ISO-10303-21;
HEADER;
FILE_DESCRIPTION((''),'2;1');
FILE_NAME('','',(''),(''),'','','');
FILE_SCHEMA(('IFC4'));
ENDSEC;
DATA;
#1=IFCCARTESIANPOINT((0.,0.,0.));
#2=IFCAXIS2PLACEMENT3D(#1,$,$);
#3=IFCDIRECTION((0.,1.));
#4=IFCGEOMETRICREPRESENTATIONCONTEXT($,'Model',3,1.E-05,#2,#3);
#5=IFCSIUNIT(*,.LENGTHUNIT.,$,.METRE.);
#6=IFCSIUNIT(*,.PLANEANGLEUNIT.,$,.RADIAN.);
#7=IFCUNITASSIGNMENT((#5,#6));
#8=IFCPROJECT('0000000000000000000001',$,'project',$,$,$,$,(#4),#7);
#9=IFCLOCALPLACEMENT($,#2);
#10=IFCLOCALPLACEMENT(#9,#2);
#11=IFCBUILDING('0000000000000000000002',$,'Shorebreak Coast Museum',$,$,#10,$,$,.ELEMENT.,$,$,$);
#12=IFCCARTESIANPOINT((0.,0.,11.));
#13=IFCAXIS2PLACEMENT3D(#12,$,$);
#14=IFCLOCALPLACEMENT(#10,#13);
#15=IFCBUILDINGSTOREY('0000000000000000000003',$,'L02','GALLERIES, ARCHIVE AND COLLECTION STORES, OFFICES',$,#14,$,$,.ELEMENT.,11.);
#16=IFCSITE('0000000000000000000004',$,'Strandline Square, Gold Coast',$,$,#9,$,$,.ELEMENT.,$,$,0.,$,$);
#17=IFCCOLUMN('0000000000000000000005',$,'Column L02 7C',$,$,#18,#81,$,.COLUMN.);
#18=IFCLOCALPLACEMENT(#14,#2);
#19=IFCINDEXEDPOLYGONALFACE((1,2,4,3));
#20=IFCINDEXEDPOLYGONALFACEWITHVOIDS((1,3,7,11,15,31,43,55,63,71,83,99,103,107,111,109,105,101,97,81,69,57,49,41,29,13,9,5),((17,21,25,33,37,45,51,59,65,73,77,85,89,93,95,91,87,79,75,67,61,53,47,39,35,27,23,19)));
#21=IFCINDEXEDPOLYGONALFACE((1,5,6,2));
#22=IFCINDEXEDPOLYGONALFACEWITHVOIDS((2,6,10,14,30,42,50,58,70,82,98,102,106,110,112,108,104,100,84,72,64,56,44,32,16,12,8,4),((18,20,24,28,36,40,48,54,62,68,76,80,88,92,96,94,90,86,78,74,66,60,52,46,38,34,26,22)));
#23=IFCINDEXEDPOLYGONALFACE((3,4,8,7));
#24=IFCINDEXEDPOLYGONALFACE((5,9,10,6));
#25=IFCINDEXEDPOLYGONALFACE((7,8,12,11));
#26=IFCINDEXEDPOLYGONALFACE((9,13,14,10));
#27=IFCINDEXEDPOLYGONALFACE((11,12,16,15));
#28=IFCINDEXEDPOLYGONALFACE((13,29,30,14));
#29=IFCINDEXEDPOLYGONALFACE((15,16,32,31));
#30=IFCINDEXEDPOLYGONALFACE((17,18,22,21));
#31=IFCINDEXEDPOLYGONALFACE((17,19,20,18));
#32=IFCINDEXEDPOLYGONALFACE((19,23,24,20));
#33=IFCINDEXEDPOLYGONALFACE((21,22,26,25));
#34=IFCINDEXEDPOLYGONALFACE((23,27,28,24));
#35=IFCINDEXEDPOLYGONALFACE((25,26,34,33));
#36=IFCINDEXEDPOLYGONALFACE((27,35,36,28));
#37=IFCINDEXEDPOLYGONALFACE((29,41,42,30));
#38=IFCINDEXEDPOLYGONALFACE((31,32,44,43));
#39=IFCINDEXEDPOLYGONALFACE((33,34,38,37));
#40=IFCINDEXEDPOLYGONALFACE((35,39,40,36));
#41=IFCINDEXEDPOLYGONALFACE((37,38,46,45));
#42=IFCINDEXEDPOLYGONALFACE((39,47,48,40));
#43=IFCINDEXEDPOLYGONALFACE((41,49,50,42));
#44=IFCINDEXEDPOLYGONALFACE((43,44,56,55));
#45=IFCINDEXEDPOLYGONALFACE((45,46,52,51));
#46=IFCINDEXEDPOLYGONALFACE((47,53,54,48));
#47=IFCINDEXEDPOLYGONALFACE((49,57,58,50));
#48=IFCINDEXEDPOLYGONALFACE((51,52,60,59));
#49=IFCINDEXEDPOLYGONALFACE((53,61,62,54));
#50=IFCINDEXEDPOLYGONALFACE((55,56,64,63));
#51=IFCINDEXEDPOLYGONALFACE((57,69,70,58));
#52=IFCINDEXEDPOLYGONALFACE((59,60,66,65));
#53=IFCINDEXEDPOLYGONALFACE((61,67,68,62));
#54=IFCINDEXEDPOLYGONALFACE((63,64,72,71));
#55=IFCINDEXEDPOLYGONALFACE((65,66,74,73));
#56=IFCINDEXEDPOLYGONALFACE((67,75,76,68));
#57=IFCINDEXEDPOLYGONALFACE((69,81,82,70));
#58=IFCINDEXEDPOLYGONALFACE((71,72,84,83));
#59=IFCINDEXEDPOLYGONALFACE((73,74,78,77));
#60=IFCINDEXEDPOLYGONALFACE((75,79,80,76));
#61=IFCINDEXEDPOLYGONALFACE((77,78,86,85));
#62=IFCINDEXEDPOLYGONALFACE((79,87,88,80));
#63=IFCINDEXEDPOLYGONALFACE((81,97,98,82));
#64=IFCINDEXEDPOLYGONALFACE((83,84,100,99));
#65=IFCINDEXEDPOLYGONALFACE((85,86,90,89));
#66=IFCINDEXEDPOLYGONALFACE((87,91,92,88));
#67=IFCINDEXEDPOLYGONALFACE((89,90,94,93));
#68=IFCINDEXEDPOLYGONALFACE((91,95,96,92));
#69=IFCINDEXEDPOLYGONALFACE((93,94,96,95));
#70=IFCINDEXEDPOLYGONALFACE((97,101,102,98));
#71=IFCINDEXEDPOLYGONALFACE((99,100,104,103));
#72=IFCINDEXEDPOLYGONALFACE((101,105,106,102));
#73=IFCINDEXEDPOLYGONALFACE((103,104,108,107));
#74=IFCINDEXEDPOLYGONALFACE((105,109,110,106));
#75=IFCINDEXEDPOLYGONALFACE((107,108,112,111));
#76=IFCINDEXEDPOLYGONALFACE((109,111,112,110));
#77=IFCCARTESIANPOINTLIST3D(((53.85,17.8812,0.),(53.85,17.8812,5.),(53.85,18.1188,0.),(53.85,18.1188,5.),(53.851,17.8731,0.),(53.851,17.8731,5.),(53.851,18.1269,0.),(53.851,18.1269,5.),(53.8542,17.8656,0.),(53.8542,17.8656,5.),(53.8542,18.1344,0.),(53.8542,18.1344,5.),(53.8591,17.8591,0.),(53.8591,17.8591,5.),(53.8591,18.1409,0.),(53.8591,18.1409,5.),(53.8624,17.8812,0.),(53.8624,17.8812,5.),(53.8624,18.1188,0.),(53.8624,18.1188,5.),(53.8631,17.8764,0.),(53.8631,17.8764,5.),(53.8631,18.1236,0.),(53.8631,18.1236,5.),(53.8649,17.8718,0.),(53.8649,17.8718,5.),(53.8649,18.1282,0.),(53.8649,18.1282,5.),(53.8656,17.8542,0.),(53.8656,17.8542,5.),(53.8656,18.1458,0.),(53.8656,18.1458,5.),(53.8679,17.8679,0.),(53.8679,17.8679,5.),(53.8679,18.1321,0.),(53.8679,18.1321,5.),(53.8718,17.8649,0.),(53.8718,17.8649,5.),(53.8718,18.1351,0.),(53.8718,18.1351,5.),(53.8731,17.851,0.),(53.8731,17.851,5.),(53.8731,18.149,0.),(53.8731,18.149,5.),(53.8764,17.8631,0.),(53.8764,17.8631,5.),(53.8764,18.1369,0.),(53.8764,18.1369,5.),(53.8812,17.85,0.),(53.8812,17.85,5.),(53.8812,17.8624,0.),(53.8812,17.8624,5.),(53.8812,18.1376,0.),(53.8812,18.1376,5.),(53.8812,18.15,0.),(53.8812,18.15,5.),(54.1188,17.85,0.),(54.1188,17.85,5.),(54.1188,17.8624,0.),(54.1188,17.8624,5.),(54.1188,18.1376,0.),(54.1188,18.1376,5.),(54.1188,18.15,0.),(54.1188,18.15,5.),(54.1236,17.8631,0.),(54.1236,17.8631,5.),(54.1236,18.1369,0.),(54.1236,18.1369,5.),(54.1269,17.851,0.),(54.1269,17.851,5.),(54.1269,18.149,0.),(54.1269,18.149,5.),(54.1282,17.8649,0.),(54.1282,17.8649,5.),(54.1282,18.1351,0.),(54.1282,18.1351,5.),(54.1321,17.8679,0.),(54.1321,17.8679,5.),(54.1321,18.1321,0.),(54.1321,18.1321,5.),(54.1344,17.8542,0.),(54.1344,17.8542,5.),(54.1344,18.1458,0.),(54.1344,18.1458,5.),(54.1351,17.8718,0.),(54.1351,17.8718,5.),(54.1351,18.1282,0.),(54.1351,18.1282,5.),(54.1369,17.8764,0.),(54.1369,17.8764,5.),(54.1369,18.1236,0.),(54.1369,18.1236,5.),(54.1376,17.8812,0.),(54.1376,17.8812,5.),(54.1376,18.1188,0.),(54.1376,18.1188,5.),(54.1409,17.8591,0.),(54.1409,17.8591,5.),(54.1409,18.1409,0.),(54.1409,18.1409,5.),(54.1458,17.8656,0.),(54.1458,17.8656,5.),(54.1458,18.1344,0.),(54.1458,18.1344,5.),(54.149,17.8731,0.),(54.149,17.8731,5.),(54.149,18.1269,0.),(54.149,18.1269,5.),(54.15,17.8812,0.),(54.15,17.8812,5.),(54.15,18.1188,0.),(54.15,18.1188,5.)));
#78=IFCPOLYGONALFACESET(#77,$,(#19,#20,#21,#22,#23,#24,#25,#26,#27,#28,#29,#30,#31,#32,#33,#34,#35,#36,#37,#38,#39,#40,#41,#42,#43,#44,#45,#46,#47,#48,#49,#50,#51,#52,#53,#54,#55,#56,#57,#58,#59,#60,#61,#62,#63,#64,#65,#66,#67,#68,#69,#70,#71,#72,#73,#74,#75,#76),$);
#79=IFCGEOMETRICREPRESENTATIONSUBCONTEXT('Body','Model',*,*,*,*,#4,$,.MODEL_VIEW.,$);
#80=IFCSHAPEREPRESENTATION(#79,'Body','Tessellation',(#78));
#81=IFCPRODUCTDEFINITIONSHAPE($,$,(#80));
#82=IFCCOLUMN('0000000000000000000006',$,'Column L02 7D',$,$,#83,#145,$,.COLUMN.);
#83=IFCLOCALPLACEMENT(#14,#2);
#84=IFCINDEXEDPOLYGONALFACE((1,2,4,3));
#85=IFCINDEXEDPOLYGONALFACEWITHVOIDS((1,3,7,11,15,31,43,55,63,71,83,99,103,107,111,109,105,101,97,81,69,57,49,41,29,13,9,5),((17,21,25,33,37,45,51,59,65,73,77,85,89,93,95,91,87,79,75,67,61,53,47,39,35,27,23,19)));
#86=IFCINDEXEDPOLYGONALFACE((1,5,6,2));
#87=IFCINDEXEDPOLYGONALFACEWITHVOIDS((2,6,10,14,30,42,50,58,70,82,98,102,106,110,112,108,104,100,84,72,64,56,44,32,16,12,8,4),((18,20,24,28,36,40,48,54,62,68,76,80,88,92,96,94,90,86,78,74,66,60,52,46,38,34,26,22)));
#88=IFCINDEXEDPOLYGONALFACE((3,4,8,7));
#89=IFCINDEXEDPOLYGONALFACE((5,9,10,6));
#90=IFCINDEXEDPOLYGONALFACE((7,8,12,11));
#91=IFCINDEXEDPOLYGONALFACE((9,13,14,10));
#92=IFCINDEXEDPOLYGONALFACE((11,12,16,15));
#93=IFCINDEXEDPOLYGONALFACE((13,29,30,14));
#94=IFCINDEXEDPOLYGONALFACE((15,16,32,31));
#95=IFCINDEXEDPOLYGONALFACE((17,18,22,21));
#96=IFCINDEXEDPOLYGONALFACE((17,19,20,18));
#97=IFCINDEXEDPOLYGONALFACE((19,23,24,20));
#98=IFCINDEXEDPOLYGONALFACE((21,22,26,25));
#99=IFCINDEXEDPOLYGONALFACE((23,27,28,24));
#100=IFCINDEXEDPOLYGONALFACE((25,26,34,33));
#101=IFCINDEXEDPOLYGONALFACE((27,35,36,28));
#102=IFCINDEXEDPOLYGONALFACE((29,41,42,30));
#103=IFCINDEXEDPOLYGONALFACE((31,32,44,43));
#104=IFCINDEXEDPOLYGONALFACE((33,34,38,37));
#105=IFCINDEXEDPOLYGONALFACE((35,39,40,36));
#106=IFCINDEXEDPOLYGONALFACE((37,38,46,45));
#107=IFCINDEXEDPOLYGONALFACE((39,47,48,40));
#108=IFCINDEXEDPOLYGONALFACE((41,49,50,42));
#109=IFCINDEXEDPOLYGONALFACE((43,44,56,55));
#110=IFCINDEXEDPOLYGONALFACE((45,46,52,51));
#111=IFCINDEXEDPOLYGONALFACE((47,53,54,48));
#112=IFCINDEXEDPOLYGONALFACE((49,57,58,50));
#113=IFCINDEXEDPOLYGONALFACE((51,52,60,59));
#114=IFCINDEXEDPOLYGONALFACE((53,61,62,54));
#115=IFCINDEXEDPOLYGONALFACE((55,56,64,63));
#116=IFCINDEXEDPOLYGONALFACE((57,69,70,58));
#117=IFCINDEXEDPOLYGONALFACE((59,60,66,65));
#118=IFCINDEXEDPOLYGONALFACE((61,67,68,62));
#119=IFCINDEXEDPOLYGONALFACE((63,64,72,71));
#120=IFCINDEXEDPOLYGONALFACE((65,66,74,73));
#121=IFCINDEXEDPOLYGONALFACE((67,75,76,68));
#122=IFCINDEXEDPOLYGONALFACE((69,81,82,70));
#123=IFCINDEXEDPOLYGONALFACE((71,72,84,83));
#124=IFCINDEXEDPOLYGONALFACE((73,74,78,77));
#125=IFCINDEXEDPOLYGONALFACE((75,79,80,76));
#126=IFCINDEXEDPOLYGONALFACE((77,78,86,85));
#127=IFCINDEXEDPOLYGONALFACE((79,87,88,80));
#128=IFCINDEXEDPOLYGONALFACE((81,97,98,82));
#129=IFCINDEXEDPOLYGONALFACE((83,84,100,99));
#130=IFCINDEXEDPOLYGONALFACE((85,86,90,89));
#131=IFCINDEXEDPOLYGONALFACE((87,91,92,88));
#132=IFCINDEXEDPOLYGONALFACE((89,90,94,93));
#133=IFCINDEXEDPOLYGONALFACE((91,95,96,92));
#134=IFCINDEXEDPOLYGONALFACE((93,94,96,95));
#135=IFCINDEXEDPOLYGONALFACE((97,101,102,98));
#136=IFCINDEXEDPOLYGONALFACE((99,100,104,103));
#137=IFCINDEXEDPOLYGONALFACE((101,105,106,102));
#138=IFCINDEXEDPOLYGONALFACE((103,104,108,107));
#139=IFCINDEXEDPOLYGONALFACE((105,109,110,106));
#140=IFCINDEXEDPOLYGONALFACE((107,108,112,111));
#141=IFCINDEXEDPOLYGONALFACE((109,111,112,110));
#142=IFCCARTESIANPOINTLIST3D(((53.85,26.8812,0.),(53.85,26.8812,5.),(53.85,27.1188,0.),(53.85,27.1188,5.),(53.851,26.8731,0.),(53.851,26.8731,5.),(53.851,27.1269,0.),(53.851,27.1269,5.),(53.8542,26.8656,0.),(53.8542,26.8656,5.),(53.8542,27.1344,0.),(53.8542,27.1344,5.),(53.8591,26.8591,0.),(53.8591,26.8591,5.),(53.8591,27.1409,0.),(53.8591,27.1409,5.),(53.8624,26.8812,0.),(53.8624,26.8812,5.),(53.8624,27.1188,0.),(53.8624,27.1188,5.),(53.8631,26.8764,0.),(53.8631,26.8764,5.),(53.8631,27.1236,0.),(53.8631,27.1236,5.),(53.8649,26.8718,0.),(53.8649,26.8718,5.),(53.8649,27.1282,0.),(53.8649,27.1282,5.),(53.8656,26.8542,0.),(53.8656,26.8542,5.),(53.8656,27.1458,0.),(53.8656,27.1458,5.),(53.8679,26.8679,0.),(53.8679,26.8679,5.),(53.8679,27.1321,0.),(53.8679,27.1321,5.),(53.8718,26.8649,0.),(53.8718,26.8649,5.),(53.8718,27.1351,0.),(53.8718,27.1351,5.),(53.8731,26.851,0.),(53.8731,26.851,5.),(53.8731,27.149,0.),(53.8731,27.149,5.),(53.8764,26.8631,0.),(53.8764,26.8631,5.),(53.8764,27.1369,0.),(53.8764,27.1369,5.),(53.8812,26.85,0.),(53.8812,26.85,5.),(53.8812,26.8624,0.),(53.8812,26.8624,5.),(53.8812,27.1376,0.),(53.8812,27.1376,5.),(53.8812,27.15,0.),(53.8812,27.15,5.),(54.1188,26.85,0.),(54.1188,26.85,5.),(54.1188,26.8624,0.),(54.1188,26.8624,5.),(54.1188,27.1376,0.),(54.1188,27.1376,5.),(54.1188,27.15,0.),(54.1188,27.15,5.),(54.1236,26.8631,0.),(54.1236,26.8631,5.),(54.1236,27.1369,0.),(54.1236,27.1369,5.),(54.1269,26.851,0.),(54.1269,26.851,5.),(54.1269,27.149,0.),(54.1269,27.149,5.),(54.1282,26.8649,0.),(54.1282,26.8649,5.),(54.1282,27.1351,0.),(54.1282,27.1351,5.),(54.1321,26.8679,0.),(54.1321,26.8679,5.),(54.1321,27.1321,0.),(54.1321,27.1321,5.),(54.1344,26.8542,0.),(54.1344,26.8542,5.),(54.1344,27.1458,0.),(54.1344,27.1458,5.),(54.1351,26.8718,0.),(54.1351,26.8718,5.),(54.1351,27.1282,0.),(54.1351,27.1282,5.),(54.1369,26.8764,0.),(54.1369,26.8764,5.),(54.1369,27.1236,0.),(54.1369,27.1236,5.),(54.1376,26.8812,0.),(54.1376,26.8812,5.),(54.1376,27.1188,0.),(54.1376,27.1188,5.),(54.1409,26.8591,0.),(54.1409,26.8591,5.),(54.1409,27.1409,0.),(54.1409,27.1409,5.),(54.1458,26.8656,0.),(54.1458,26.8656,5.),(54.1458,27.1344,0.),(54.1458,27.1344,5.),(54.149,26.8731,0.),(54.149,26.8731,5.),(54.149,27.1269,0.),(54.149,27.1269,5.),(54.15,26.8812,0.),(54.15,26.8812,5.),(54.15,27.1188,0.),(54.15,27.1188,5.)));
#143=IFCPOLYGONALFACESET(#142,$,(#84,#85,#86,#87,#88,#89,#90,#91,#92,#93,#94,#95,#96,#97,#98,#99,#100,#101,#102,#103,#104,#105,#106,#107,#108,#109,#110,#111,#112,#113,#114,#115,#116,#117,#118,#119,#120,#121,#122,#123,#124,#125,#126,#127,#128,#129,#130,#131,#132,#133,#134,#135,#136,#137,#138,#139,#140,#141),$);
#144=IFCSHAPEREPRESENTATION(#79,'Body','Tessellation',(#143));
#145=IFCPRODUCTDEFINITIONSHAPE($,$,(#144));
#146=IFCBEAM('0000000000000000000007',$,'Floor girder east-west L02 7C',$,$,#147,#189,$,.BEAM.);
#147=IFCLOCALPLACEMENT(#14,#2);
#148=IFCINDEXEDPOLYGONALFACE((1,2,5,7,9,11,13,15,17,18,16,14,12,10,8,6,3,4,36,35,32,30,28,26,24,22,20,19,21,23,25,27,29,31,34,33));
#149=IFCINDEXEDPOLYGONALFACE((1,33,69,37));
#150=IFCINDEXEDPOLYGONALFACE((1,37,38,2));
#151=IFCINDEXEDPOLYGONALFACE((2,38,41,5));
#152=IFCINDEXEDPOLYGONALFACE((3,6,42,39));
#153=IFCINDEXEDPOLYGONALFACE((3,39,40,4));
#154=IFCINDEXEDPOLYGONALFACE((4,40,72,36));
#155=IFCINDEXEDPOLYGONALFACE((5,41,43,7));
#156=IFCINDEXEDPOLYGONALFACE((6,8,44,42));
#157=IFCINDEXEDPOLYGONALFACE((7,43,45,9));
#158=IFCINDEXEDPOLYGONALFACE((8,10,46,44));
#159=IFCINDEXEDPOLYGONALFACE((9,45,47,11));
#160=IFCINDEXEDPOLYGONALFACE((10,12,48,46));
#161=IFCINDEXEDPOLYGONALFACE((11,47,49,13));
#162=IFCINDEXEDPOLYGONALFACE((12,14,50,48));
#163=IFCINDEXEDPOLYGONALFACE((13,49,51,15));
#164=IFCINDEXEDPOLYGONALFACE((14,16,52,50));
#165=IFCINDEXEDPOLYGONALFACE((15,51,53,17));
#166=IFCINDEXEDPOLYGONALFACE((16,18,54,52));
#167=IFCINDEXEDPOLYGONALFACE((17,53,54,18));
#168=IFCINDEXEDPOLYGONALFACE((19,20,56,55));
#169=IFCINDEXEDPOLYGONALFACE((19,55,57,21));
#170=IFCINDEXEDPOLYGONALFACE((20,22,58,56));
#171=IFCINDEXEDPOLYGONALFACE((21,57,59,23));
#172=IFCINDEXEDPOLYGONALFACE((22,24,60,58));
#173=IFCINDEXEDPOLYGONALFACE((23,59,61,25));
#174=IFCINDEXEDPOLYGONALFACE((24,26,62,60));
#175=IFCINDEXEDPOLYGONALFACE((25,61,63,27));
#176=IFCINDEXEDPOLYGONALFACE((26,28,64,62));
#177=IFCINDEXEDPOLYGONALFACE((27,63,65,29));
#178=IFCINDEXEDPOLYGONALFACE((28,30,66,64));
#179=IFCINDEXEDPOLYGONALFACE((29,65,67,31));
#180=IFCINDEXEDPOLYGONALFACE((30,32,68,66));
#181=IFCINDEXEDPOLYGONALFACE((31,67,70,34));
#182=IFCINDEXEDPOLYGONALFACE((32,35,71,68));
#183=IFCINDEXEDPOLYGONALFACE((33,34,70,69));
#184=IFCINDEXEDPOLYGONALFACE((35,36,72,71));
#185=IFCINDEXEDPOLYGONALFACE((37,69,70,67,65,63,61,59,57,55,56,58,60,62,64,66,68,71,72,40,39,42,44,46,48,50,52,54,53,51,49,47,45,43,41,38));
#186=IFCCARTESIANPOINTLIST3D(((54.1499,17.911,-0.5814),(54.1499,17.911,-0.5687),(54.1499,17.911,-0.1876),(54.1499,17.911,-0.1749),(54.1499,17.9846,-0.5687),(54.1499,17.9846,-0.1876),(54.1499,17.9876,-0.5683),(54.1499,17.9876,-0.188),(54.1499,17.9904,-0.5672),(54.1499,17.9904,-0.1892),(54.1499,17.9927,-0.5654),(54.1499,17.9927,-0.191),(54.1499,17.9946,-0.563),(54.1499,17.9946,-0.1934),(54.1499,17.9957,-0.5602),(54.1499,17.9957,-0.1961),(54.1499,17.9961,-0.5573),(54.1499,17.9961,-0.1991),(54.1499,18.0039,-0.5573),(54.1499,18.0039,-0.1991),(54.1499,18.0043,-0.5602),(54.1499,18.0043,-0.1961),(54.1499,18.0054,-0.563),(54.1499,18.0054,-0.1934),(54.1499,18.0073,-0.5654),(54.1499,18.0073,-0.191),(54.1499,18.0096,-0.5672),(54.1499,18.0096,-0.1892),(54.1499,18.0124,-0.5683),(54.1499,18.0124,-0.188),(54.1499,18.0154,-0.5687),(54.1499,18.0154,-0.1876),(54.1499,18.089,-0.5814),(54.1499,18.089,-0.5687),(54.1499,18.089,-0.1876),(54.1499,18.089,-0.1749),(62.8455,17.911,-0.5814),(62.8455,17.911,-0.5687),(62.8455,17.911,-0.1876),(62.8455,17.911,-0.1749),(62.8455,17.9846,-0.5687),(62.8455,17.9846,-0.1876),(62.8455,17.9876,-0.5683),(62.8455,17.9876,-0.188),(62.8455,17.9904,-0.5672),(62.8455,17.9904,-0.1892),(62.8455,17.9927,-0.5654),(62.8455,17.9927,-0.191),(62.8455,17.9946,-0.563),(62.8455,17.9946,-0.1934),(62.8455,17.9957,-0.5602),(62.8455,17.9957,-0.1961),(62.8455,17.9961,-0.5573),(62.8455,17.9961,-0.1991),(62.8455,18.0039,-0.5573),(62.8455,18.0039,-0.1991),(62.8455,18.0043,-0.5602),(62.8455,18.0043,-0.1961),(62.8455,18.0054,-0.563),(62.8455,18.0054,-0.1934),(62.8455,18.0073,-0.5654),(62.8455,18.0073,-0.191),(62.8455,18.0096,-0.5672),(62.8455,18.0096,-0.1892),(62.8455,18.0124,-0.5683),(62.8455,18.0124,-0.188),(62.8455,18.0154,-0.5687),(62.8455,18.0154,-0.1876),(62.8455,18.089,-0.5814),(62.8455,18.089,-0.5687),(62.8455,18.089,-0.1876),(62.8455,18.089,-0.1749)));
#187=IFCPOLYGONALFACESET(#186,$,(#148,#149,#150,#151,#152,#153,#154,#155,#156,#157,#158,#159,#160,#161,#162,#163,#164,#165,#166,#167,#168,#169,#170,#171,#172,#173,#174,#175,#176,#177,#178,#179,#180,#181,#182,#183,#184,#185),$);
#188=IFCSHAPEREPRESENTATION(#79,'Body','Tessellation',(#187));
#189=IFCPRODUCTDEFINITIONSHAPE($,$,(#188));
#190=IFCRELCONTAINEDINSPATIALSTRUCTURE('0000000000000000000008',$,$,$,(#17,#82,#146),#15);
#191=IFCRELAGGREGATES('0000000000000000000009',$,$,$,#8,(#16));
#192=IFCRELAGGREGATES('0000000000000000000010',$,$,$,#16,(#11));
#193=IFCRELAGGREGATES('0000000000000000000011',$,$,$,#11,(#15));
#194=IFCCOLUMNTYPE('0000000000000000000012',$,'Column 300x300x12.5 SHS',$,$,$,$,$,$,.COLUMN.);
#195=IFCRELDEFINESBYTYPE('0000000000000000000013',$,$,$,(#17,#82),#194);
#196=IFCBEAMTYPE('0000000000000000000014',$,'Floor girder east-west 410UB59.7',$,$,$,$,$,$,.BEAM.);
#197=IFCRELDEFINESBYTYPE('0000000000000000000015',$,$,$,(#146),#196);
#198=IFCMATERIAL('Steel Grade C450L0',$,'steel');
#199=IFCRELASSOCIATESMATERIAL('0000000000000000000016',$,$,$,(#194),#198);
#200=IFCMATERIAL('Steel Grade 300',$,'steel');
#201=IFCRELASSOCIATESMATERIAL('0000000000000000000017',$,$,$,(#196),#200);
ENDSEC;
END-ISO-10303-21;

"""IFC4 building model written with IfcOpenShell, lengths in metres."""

from ifc_helpers import new_model, si_unit, direction, frame, origin, origin_2d, place, context, subcontext, project, spatial, hollow_rectangle, i_section, extrude, material, material_profile, profile_set, type_object, element, save


model = new_model("IFC4")

# Units and contexts
model_context = context("Model", 3, precision=1e-05, world=origin(), true_north=direction((0.0, 1.0)))
body_context = subcontext(model_context, "Body", "Model", "MODEL_VIEW")
ifc_project = project(units=[si_unit("LENGTHUNIT", "METRE"), si_unit("PLANEANGLEUNIT", "RADIAN")], contexts=[model_context])

# Site, building, storey
site_placement = place(None, origin())
site = spatial("IfcSite", under=ifc_project, at=site_placement, Name="Strandline Square, Gold Coast", CompositionType="ELEMENT", RefElevation=0.0)
building_placement = place(site_placement, origin())
building = spatial("IfcBuilding", under=site, at=building_placement, Name="Shorebreak Coast Museum", CompositionType="ELEMENT")
storey_placement = place(building_placement, frame((0.0, 0.0, 11.0)))
storey = spatial("IfcBuildingStorey", under=building, at=storey_placement, Name="L02", Description="GALLERIES, ARCHIVE AND COLLECTION STORES, OFFICES", CompositionType="ELEMENT", Elevation=11.0)

# Columns
ifc_material_1 = material(Name="Steel Grade C450L0", Category="steel")
ifc_material_profile_1 = material_profile(ifc_material_1, hollow_rectangle(XDim=0.3, YDim=0.3, WallThickness=0.0125, InnerFilletRadius=0.0188, OuterFilletRadius=0.0312, at=origin_2d()), Name="300x300x12.5 SHS")
ifc_profile_set_1 = profile_set([ifc_material_profile_1], Name="Steel Grade C450L0")
column_type = type_object("IfcColumnType", Name="Column 300x300x12.5 SHS", PredefinedType="COLUMN", material=ifc_profile_set_1)
for number, where, z_axis, x_axis, name in (
    (1, (54.0, 18.0, 0.0), (0.0, 0.0, 1.0), (1.0, 0.0, 0.0), "Column L02 7C"),
    (2, (54.0, 27.0, 0.0), (0.0, 0.0, 1.0), (1.0, 0.0, 0.0), "Column L02 7D"),
):
    element("IfcColumn", number, at=place(storey_placement, frame(where, z_axis=z_axis, x_axis=x_axis)), inside=storey, type_object=column_type, Name=name, PredefinedType="COLUMN", context=body_context, shape_type="SweptSolid", body=[
        extrude(hollow_rectangle(XDim=0.3, YDim=0.3, WallThickness=0.0125, InnerFilletRadius=0.0188, OuterFilletRadius=0.0312, at=origin_2d()), origin(), (0.0, 0.0, 1.0), 5.0),
    ])

# Beam
ifc_material_2 = material(Name="Steel Grade 300", Category="steel")
ifc_material_profile_2 = material_profile(ifc_material_2, i_section(OverallWidth=0.178, OverallDepth=0.4065, WebThickness=0.0078, FlangeThickness=0.0127, FilletRadius=0.0115, at=origin_2d()), Name="410UB59.7")
ifc_profile_set_2 = profile_set([ifc_material_profile_2], Name="Steel Grade 300")
beam_type_1 = type_object("IfcBeamType", Name="Floor girder east-west 410UB59.7", PredefinedType="BEAM", material=ifc_profile_set_2)
for number, where, z_axis, x_axis, name in (
    (3, (54.1499, 18.0, -0.3782), (1.0, 0.0, 0.0), (0.0, 1.0, 0.0), "Floor girder east-west L02 7C"),
):
    element("IfcBeam", number, at=place(storey_placement, frame(where, z_axis=z_axis, x_axis=x_axis)), inside=storey, type_object=beam_type_1, Name=name, PredefinedType="BEAM", context=body_context, shape_type="SweptSolid", body=[
        extrude(i_section(OverallWidth=0.178, OverallDepth=0.4065, WebThickness=0.0078, FlangeThickness=0.0127, FilletRadius=0.0115, at=origin_2d()), origin(), (0.0, 0.0, 1.0), 8.6956),
    ])

save(model, "model.ifc")
